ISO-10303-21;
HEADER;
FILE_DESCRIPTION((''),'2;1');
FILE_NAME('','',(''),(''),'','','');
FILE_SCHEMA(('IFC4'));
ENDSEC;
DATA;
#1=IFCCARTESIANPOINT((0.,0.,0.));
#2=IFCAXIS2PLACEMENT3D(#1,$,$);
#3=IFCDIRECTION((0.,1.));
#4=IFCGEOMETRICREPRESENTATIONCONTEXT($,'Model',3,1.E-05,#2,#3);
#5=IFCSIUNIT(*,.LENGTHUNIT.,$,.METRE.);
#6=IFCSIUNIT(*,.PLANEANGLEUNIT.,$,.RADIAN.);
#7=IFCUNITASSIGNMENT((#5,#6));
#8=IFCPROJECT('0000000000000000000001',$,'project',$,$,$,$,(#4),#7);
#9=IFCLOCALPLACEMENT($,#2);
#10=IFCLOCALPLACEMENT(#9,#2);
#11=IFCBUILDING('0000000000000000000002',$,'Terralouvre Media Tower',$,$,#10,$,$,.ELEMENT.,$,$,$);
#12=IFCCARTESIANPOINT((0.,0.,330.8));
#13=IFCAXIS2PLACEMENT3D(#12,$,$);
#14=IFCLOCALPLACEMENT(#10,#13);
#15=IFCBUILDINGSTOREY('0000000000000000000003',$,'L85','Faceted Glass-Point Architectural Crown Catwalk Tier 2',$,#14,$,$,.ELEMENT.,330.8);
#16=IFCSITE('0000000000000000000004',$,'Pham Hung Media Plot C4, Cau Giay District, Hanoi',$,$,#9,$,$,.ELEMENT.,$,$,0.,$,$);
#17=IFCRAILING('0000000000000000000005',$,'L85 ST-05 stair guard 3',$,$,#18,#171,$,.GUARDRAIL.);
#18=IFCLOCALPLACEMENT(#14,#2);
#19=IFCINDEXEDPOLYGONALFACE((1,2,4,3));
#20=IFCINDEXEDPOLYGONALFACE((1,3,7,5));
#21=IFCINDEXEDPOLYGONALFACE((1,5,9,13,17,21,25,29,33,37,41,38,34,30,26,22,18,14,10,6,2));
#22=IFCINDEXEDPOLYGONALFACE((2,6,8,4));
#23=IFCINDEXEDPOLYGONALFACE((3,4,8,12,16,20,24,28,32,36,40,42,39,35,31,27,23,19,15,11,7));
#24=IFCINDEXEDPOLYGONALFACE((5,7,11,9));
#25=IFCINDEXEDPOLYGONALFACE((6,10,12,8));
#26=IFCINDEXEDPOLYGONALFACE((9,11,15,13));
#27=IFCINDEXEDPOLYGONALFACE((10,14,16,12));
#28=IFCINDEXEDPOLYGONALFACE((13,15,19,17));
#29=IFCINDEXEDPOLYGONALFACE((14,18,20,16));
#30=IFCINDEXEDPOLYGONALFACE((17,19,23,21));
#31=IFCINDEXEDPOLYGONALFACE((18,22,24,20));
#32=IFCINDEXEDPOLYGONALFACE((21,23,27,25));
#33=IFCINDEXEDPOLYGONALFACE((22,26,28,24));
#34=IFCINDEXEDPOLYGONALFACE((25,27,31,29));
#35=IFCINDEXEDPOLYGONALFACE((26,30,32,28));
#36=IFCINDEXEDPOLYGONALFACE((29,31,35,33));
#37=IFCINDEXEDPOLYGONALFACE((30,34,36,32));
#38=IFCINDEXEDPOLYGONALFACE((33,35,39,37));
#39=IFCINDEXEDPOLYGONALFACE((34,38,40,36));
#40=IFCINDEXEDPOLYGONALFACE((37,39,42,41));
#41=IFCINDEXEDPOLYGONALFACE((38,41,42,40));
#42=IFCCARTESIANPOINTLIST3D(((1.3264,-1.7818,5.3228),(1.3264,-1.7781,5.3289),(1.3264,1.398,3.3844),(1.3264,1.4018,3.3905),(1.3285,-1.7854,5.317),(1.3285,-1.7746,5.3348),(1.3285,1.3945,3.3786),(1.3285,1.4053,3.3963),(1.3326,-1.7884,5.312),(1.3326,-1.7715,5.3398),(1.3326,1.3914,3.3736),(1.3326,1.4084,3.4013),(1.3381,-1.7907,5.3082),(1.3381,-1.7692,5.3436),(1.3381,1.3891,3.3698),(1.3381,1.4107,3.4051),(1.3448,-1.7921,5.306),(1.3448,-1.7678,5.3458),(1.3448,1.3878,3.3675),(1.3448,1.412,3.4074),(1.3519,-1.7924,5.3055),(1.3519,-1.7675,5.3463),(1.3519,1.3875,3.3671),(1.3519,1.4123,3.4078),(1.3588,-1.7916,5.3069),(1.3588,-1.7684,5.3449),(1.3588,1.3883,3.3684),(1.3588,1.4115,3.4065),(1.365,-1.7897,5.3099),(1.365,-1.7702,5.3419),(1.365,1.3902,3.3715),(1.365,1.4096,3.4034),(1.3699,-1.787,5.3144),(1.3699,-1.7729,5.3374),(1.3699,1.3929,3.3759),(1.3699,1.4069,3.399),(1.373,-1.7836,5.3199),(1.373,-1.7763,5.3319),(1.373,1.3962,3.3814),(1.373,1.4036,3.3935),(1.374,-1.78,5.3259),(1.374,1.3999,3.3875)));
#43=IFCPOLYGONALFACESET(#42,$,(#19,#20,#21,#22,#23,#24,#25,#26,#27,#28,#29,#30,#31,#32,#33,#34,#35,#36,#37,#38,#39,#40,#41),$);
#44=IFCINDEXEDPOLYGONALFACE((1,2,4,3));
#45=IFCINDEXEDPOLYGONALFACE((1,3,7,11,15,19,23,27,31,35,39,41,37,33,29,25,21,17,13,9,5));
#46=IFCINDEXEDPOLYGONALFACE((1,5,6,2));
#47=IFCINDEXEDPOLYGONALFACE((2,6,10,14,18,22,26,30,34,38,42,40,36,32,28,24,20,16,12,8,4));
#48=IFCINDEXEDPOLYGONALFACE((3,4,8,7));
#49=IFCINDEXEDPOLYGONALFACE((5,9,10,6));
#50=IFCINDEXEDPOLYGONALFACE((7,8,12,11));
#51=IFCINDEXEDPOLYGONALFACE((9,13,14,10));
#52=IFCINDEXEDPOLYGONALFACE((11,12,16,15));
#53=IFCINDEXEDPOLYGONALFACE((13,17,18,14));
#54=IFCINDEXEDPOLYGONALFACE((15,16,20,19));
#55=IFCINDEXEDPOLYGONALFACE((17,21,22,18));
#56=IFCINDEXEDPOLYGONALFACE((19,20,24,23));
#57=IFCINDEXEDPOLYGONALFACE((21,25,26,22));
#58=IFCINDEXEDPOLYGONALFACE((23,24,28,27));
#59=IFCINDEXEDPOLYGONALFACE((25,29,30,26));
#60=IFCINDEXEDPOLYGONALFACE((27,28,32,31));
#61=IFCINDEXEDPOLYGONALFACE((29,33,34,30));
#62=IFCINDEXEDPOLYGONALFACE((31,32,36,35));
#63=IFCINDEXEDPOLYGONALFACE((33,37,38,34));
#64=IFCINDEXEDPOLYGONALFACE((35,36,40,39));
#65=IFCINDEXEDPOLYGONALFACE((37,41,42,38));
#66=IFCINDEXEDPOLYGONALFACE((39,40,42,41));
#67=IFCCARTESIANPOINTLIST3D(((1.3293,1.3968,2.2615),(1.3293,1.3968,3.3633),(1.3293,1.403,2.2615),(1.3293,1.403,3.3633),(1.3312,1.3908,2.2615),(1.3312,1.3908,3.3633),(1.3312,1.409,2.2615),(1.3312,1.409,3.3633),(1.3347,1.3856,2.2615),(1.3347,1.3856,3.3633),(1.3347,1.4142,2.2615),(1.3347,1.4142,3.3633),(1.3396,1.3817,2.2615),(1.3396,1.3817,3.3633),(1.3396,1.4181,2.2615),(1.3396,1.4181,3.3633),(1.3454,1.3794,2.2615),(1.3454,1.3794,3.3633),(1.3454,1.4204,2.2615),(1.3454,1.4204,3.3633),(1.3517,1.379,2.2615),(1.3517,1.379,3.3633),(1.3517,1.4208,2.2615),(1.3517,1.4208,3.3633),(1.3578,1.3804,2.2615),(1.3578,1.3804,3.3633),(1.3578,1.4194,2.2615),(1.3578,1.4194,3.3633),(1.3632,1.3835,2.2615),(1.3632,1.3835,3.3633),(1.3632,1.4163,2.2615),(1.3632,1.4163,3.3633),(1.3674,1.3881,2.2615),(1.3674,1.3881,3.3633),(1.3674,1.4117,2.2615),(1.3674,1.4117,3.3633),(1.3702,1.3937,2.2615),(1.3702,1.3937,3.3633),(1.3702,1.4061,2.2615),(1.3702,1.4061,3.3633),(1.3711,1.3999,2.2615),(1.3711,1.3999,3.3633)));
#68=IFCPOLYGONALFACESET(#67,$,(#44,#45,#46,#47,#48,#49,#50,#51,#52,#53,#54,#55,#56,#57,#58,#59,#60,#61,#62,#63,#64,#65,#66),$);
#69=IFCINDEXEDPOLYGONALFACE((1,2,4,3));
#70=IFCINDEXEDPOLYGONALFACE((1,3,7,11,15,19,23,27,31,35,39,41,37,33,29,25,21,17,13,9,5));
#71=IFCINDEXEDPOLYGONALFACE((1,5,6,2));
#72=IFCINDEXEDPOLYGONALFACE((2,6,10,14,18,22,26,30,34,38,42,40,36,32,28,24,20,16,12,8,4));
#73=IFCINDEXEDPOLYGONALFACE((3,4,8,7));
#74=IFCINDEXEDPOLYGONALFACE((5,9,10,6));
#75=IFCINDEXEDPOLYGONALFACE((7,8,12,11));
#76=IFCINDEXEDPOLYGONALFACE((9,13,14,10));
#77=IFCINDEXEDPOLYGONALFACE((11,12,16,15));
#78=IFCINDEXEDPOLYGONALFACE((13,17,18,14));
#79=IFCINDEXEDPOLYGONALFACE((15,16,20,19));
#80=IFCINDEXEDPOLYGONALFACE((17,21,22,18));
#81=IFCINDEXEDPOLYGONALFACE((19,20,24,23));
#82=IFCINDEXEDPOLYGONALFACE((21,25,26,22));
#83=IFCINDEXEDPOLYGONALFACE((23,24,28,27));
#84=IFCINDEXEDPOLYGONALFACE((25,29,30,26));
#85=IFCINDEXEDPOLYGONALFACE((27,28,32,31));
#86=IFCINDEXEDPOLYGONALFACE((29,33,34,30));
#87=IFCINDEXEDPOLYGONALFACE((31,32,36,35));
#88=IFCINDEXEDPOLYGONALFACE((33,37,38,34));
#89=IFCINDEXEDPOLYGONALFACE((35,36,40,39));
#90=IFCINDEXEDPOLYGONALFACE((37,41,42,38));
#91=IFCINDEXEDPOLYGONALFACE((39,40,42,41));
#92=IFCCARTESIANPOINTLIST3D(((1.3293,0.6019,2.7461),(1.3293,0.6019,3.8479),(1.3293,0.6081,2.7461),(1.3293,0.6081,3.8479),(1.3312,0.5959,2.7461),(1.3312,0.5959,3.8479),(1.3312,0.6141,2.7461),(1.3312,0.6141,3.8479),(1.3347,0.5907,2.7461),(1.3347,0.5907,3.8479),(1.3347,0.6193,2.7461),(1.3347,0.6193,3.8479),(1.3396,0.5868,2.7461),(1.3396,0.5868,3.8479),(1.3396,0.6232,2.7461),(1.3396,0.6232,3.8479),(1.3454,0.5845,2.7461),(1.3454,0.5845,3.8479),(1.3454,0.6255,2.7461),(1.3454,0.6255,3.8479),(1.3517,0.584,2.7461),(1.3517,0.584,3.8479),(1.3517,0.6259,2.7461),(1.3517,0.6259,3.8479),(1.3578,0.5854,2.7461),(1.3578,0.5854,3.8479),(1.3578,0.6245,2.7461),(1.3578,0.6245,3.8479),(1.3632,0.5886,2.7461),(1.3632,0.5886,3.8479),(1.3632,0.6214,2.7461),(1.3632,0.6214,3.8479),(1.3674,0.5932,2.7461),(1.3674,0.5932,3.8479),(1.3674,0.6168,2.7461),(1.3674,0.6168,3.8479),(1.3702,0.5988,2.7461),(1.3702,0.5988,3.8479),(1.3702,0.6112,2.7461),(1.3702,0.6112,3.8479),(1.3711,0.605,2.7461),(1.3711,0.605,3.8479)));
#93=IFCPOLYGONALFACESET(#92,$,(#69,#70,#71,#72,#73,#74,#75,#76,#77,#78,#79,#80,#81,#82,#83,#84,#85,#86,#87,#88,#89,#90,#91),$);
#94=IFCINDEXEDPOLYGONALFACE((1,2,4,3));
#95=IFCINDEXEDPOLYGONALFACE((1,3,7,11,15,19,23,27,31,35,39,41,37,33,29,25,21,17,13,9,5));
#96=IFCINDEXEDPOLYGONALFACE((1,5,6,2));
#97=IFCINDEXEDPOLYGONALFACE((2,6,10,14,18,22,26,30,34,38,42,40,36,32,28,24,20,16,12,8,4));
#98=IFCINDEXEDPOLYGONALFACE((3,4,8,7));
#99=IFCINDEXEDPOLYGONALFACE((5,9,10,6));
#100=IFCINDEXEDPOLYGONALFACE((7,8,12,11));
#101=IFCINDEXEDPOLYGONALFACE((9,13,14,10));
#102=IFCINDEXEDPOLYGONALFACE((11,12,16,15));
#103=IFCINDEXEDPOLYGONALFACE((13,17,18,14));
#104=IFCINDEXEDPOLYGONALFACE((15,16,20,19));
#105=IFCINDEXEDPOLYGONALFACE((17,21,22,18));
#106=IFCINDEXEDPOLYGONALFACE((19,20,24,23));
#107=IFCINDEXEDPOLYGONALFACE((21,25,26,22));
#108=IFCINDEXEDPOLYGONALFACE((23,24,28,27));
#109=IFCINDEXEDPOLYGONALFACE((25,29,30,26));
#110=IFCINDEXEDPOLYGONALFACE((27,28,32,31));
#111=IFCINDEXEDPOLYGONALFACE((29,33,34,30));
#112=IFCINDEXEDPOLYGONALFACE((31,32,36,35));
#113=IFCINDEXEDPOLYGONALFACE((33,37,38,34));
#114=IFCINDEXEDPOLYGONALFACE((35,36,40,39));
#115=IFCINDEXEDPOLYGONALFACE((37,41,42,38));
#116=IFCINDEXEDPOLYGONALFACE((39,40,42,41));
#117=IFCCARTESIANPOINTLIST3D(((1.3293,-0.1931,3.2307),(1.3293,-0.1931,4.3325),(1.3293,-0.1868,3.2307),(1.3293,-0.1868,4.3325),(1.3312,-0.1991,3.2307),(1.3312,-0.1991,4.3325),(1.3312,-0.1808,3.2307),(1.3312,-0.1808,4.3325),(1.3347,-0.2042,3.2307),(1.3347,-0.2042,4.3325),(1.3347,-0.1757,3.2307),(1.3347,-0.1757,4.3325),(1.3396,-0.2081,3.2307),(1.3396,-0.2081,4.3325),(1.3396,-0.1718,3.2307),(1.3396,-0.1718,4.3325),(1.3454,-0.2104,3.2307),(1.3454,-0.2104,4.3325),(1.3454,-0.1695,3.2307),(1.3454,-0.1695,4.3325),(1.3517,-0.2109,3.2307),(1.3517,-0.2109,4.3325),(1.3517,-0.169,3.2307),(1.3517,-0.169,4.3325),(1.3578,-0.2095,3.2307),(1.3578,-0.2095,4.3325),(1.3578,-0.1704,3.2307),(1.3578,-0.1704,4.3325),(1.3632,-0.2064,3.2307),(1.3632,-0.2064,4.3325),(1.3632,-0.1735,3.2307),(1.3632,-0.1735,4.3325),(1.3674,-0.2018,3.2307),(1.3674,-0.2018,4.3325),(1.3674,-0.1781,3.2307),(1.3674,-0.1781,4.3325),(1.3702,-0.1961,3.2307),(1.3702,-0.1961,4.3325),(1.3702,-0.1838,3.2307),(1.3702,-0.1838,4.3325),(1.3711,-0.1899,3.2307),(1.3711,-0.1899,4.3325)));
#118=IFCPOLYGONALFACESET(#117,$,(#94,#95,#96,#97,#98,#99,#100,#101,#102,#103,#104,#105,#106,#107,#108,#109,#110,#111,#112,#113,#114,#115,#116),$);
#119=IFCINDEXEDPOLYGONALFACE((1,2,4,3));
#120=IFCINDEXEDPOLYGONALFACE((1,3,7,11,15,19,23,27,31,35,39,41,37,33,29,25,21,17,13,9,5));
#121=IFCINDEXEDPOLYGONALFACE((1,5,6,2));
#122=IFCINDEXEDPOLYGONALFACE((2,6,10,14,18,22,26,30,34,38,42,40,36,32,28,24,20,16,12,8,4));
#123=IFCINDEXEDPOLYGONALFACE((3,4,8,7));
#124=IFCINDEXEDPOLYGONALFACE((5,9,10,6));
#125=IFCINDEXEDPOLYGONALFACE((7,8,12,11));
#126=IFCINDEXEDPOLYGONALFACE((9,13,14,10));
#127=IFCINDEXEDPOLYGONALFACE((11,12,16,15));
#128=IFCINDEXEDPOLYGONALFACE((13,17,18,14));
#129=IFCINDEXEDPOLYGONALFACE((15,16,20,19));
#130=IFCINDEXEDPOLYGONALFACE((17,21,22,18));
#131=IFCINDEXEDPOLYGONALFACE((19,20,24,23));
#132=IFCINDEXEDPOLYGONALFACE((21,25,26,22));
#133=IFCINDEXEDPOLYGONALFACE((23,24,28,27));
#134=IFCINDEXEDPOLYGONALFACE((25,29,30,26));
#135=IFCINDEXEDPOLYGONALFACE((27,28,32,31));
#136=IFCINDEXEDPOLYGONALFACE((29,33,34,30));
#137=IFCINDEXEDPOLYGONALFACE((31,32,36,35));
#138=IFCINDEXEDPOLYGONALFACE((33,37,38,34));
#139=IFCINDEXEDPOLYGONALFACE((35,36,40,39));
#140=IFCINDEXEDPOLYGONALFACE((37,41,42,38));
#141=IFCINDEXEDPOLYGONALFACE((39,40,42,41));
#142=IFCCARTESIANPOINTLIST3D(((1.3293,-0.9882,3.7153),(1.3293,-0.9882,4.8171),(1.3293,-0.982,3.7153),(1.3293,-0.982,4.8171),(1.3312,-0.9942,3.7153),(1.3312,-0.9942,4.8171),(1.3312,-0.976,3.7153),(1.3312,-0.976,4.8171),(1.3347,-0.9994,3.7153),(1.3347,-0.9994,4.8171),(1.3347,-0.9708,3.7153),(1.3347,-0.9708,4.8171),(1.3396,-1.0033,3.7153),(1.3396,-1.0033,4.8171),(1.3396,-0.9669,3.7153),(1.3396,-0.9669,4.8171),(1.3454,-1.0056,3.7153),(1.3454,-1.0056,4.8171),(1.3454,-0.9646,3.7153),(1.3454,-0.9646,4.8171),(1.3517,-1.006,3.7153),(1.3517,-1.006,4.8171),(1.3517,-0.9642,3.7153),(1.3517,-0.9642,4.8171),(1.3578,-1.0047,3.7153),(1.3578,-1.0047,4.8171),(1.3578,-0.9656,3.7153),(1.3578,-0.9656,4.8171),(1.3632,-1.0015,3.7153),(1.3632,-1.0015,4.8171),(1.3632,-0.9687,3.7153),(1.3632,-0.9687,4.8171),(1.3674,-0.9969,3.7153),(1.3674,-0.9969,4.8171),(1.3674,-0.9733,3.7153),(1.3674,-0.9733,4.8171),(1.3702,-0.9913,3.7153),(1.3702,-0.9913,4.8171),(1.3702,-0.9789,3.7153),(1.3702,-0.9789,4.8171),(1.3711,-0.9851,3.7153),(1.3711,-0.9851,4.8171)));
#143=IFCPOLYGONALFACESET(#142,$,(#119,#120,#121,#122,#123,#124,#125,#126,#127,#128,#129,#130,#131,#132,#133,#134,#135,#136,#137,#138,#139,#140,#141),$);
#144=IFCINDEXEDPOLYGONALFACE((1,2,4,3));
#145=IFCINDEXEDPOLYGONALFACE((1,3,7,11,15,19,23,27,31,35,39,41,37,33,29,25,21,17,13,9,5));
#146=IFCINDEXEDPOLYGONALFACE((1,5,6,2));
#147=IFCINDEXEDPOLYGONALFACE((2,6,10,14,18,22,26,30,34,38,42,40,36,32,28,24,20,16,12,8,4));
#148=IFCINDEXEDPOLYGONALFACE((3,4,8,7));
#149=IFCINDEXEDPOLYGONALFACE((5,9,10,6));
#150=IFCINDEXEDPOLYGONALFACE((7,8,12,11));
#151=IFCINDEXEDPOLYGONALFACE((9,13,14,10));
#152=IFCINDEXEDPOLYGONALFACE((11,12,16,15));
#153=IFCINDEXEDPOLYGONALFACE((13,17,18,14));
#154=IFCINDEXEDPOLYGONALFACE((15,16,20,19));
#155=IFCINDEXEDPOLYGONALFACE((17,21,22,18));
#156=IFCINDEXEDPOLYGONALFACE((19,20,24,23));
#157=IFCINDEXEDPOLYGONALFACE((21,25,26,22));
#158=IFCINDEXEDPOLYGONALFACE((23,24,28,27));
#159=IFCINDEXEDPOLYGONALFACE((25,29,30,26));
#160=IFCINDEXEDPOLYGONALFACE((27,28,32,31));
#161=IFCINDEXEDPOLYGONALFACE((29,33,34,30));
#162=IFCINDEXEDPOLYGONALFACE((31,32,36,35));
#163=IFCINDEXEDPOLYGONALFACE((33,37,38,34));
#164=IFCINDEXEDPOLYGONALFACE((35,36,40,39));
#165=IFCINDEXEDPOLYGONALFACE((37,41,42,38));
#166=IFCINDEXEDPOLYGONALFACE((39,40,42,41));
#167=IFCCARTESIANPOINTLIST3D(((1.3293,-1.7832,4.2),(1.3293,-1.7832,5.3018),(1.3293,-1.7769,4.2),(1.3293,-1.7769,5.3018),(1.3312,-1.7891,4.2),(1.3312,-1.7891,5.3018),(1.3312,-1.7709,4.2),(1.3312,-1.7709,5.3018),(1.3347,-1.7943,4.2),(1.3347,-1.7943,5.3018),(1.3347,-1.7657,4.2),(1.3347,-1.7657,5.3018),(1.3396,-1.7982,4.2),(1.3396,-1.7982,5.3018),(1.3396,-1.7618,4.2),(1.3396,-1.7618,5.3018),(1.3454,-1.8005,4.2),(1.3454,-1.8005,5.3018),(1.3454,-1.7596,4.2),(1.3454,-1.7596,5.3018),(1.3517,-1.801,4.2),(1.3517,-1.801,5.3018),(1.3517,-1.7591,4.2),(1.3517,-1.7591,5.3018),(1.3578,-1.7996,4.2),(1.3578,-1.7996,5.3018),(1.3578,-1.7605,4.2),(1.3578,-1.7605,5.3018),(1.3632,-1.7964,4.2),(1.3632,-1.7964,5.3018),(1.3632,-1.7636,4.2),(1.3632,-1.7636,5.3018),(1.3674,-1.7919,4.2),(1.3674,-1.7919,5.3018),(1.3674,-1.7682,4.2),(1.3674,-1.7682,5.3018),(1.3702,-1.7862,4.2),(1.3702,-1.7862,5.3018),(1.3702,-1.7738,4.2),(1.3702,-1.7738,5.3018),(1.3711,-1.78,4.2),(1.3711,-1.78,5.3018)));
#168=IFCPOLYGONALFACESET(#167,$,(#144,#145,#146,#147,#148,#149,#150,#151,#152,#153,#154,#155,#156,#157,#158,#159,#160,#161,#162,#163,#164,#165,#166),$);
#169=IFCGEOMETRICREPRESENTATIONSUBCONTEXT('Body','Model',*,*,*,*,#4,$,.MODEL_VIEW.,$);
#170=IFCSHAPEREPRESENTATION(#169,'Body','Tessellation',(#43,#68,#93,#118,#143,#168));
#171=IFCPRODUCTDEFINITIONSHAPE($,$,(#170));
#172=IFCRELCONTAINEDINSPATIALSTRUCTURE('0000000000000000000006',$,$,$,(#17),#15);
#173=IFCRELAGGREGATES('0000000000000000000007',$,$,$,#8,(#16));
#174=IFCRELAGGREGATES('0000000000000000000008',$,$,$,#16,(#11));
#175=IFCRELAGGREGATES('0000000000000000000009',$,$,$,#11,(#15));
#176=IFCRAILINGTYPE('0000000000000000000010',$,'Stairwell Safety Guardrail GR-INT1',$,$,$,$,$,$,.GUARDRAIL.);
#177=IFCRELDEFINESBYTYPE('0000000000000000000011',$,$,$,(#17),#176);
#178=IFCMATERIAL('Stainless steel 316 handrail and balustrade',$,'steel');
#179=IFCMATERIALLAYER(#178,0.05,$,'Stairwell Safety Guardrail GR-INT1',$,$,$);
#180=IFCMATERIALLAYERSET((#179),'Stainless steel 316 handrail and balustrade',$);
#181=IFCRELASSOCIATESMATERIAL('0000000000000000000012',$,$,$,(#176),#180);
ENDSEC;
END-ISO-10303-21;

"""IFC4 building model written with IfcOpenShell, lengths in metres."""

from ifc_helpers import new_model, si_unit, direction, frame, origin, origin_2d, place, context, subcontext, project, spatial, circle, extrude, material, layer, layer_set, type_object, element, save


model = new_model("IFC4")

# Units and contexts
model_context = context("Model", 3, precision=1e-05, world=origin(), true_north=direction((0.0, 1.0)))
body_context = subcontext(model_context, "Body", "Model", "MODEL_VIEW")
ifc_project = project(units=[si_unit("LENGTHUNIT", "METRE"), si_unit("PLANEANGLEUNIT", "RADIAN")], contexts=[model_context])

# Site, building, storey
site_placement = place(None, origin())
site = spatial("IfcSite", under=ifc_project, at=site_placement, Name="Pham Hung Media Plot C4, Cau Giay District, Hanoi", CompositionType="ELEMENT", RefElevation=0.0)
building_placement = place(site_placement, origin())
building = spatial("IfcBuilding", under=site, at=building_placement, Name="Terralouvre Media Tower", CompositionType="ELEMENT")
storey_placement = place(building_placement, frame((0.0, 0.0, 330.8)))
storey = spatial("IfcBuildingStorey", under=building, at=storey_placement, Name="L85", Description="Faceted Glass-Point Architectural Crown Catwalk Tier 2", CompositionType="ELEMENT", Elevation=330.8)

# Railing
ifc_material_1 = material(Name="Stainless steel 316 handrail and balustrade", Category="steel")
ifc_layer_1 = layer(ifc_material_1, 0.05, Name="Stairwell Safety Guardrail GR-INT1")
ifc_layer_set_1 = layer_set([ifc_layer_1], Name="Stainless steel 316 handrail and balustrade")
railing_type_1 = type_object("IfcRailingType", Name="Stairwell Safety Guardrail GR-INT1", PredefinedType="GUARDRAIL", material=ifc_layer_set_1)
railing_1_placement = place(storey_placement, frame((1.3501, 1.3999, 2.2615)))
element("IfcRailing", 1, at=railing_1_placement, inside=storey, type_object=railing_type_1, Name="L85 ST-05 stair guard 3", PredefinedType="GUARDRAIL", context=body_context, shape_type="SweptSolid", body=[
    extrude(circle(Radius=0.0239, at=origin_2d()), frame((0.0, 0.0, 1.126), z_axis=(0.0, -0.853857, 0.520508), x_axis=(1.0, 0.0, 0.0)), (0.0, 0.0, 1.0), 3.7241),
    extrude(circle(Radius=0.021, at=origin_2d()), origin(), (0.0, 0.0, 1.0), 1.1018),
    extrude(circle(Radius=0.021, at=origin_2d()), frame((0.0, -0.7949, 0.4846)), (0.0, 0.0, 1.0), 1.1018),
    extrude(circle(Radius=0.021, at=origin_2d()), frame((0.0, -1.5898, 0.9692)), (0.0, 0.0, 1.0), 1.1018),
    extrude(circle(Radius=0.021, at=origin_2d()), frame((0.0, -2.385, 1.4539)), (0.0, 0.0, 1.0), 1.1018),
    extrude(circle(Radius=0.021, at=origin_2d()), frame((0.0, -3.1799, 1.9385)), (0.0, 0.0, 1.0), 1.1018),
])

save(model, "model.ifc")
